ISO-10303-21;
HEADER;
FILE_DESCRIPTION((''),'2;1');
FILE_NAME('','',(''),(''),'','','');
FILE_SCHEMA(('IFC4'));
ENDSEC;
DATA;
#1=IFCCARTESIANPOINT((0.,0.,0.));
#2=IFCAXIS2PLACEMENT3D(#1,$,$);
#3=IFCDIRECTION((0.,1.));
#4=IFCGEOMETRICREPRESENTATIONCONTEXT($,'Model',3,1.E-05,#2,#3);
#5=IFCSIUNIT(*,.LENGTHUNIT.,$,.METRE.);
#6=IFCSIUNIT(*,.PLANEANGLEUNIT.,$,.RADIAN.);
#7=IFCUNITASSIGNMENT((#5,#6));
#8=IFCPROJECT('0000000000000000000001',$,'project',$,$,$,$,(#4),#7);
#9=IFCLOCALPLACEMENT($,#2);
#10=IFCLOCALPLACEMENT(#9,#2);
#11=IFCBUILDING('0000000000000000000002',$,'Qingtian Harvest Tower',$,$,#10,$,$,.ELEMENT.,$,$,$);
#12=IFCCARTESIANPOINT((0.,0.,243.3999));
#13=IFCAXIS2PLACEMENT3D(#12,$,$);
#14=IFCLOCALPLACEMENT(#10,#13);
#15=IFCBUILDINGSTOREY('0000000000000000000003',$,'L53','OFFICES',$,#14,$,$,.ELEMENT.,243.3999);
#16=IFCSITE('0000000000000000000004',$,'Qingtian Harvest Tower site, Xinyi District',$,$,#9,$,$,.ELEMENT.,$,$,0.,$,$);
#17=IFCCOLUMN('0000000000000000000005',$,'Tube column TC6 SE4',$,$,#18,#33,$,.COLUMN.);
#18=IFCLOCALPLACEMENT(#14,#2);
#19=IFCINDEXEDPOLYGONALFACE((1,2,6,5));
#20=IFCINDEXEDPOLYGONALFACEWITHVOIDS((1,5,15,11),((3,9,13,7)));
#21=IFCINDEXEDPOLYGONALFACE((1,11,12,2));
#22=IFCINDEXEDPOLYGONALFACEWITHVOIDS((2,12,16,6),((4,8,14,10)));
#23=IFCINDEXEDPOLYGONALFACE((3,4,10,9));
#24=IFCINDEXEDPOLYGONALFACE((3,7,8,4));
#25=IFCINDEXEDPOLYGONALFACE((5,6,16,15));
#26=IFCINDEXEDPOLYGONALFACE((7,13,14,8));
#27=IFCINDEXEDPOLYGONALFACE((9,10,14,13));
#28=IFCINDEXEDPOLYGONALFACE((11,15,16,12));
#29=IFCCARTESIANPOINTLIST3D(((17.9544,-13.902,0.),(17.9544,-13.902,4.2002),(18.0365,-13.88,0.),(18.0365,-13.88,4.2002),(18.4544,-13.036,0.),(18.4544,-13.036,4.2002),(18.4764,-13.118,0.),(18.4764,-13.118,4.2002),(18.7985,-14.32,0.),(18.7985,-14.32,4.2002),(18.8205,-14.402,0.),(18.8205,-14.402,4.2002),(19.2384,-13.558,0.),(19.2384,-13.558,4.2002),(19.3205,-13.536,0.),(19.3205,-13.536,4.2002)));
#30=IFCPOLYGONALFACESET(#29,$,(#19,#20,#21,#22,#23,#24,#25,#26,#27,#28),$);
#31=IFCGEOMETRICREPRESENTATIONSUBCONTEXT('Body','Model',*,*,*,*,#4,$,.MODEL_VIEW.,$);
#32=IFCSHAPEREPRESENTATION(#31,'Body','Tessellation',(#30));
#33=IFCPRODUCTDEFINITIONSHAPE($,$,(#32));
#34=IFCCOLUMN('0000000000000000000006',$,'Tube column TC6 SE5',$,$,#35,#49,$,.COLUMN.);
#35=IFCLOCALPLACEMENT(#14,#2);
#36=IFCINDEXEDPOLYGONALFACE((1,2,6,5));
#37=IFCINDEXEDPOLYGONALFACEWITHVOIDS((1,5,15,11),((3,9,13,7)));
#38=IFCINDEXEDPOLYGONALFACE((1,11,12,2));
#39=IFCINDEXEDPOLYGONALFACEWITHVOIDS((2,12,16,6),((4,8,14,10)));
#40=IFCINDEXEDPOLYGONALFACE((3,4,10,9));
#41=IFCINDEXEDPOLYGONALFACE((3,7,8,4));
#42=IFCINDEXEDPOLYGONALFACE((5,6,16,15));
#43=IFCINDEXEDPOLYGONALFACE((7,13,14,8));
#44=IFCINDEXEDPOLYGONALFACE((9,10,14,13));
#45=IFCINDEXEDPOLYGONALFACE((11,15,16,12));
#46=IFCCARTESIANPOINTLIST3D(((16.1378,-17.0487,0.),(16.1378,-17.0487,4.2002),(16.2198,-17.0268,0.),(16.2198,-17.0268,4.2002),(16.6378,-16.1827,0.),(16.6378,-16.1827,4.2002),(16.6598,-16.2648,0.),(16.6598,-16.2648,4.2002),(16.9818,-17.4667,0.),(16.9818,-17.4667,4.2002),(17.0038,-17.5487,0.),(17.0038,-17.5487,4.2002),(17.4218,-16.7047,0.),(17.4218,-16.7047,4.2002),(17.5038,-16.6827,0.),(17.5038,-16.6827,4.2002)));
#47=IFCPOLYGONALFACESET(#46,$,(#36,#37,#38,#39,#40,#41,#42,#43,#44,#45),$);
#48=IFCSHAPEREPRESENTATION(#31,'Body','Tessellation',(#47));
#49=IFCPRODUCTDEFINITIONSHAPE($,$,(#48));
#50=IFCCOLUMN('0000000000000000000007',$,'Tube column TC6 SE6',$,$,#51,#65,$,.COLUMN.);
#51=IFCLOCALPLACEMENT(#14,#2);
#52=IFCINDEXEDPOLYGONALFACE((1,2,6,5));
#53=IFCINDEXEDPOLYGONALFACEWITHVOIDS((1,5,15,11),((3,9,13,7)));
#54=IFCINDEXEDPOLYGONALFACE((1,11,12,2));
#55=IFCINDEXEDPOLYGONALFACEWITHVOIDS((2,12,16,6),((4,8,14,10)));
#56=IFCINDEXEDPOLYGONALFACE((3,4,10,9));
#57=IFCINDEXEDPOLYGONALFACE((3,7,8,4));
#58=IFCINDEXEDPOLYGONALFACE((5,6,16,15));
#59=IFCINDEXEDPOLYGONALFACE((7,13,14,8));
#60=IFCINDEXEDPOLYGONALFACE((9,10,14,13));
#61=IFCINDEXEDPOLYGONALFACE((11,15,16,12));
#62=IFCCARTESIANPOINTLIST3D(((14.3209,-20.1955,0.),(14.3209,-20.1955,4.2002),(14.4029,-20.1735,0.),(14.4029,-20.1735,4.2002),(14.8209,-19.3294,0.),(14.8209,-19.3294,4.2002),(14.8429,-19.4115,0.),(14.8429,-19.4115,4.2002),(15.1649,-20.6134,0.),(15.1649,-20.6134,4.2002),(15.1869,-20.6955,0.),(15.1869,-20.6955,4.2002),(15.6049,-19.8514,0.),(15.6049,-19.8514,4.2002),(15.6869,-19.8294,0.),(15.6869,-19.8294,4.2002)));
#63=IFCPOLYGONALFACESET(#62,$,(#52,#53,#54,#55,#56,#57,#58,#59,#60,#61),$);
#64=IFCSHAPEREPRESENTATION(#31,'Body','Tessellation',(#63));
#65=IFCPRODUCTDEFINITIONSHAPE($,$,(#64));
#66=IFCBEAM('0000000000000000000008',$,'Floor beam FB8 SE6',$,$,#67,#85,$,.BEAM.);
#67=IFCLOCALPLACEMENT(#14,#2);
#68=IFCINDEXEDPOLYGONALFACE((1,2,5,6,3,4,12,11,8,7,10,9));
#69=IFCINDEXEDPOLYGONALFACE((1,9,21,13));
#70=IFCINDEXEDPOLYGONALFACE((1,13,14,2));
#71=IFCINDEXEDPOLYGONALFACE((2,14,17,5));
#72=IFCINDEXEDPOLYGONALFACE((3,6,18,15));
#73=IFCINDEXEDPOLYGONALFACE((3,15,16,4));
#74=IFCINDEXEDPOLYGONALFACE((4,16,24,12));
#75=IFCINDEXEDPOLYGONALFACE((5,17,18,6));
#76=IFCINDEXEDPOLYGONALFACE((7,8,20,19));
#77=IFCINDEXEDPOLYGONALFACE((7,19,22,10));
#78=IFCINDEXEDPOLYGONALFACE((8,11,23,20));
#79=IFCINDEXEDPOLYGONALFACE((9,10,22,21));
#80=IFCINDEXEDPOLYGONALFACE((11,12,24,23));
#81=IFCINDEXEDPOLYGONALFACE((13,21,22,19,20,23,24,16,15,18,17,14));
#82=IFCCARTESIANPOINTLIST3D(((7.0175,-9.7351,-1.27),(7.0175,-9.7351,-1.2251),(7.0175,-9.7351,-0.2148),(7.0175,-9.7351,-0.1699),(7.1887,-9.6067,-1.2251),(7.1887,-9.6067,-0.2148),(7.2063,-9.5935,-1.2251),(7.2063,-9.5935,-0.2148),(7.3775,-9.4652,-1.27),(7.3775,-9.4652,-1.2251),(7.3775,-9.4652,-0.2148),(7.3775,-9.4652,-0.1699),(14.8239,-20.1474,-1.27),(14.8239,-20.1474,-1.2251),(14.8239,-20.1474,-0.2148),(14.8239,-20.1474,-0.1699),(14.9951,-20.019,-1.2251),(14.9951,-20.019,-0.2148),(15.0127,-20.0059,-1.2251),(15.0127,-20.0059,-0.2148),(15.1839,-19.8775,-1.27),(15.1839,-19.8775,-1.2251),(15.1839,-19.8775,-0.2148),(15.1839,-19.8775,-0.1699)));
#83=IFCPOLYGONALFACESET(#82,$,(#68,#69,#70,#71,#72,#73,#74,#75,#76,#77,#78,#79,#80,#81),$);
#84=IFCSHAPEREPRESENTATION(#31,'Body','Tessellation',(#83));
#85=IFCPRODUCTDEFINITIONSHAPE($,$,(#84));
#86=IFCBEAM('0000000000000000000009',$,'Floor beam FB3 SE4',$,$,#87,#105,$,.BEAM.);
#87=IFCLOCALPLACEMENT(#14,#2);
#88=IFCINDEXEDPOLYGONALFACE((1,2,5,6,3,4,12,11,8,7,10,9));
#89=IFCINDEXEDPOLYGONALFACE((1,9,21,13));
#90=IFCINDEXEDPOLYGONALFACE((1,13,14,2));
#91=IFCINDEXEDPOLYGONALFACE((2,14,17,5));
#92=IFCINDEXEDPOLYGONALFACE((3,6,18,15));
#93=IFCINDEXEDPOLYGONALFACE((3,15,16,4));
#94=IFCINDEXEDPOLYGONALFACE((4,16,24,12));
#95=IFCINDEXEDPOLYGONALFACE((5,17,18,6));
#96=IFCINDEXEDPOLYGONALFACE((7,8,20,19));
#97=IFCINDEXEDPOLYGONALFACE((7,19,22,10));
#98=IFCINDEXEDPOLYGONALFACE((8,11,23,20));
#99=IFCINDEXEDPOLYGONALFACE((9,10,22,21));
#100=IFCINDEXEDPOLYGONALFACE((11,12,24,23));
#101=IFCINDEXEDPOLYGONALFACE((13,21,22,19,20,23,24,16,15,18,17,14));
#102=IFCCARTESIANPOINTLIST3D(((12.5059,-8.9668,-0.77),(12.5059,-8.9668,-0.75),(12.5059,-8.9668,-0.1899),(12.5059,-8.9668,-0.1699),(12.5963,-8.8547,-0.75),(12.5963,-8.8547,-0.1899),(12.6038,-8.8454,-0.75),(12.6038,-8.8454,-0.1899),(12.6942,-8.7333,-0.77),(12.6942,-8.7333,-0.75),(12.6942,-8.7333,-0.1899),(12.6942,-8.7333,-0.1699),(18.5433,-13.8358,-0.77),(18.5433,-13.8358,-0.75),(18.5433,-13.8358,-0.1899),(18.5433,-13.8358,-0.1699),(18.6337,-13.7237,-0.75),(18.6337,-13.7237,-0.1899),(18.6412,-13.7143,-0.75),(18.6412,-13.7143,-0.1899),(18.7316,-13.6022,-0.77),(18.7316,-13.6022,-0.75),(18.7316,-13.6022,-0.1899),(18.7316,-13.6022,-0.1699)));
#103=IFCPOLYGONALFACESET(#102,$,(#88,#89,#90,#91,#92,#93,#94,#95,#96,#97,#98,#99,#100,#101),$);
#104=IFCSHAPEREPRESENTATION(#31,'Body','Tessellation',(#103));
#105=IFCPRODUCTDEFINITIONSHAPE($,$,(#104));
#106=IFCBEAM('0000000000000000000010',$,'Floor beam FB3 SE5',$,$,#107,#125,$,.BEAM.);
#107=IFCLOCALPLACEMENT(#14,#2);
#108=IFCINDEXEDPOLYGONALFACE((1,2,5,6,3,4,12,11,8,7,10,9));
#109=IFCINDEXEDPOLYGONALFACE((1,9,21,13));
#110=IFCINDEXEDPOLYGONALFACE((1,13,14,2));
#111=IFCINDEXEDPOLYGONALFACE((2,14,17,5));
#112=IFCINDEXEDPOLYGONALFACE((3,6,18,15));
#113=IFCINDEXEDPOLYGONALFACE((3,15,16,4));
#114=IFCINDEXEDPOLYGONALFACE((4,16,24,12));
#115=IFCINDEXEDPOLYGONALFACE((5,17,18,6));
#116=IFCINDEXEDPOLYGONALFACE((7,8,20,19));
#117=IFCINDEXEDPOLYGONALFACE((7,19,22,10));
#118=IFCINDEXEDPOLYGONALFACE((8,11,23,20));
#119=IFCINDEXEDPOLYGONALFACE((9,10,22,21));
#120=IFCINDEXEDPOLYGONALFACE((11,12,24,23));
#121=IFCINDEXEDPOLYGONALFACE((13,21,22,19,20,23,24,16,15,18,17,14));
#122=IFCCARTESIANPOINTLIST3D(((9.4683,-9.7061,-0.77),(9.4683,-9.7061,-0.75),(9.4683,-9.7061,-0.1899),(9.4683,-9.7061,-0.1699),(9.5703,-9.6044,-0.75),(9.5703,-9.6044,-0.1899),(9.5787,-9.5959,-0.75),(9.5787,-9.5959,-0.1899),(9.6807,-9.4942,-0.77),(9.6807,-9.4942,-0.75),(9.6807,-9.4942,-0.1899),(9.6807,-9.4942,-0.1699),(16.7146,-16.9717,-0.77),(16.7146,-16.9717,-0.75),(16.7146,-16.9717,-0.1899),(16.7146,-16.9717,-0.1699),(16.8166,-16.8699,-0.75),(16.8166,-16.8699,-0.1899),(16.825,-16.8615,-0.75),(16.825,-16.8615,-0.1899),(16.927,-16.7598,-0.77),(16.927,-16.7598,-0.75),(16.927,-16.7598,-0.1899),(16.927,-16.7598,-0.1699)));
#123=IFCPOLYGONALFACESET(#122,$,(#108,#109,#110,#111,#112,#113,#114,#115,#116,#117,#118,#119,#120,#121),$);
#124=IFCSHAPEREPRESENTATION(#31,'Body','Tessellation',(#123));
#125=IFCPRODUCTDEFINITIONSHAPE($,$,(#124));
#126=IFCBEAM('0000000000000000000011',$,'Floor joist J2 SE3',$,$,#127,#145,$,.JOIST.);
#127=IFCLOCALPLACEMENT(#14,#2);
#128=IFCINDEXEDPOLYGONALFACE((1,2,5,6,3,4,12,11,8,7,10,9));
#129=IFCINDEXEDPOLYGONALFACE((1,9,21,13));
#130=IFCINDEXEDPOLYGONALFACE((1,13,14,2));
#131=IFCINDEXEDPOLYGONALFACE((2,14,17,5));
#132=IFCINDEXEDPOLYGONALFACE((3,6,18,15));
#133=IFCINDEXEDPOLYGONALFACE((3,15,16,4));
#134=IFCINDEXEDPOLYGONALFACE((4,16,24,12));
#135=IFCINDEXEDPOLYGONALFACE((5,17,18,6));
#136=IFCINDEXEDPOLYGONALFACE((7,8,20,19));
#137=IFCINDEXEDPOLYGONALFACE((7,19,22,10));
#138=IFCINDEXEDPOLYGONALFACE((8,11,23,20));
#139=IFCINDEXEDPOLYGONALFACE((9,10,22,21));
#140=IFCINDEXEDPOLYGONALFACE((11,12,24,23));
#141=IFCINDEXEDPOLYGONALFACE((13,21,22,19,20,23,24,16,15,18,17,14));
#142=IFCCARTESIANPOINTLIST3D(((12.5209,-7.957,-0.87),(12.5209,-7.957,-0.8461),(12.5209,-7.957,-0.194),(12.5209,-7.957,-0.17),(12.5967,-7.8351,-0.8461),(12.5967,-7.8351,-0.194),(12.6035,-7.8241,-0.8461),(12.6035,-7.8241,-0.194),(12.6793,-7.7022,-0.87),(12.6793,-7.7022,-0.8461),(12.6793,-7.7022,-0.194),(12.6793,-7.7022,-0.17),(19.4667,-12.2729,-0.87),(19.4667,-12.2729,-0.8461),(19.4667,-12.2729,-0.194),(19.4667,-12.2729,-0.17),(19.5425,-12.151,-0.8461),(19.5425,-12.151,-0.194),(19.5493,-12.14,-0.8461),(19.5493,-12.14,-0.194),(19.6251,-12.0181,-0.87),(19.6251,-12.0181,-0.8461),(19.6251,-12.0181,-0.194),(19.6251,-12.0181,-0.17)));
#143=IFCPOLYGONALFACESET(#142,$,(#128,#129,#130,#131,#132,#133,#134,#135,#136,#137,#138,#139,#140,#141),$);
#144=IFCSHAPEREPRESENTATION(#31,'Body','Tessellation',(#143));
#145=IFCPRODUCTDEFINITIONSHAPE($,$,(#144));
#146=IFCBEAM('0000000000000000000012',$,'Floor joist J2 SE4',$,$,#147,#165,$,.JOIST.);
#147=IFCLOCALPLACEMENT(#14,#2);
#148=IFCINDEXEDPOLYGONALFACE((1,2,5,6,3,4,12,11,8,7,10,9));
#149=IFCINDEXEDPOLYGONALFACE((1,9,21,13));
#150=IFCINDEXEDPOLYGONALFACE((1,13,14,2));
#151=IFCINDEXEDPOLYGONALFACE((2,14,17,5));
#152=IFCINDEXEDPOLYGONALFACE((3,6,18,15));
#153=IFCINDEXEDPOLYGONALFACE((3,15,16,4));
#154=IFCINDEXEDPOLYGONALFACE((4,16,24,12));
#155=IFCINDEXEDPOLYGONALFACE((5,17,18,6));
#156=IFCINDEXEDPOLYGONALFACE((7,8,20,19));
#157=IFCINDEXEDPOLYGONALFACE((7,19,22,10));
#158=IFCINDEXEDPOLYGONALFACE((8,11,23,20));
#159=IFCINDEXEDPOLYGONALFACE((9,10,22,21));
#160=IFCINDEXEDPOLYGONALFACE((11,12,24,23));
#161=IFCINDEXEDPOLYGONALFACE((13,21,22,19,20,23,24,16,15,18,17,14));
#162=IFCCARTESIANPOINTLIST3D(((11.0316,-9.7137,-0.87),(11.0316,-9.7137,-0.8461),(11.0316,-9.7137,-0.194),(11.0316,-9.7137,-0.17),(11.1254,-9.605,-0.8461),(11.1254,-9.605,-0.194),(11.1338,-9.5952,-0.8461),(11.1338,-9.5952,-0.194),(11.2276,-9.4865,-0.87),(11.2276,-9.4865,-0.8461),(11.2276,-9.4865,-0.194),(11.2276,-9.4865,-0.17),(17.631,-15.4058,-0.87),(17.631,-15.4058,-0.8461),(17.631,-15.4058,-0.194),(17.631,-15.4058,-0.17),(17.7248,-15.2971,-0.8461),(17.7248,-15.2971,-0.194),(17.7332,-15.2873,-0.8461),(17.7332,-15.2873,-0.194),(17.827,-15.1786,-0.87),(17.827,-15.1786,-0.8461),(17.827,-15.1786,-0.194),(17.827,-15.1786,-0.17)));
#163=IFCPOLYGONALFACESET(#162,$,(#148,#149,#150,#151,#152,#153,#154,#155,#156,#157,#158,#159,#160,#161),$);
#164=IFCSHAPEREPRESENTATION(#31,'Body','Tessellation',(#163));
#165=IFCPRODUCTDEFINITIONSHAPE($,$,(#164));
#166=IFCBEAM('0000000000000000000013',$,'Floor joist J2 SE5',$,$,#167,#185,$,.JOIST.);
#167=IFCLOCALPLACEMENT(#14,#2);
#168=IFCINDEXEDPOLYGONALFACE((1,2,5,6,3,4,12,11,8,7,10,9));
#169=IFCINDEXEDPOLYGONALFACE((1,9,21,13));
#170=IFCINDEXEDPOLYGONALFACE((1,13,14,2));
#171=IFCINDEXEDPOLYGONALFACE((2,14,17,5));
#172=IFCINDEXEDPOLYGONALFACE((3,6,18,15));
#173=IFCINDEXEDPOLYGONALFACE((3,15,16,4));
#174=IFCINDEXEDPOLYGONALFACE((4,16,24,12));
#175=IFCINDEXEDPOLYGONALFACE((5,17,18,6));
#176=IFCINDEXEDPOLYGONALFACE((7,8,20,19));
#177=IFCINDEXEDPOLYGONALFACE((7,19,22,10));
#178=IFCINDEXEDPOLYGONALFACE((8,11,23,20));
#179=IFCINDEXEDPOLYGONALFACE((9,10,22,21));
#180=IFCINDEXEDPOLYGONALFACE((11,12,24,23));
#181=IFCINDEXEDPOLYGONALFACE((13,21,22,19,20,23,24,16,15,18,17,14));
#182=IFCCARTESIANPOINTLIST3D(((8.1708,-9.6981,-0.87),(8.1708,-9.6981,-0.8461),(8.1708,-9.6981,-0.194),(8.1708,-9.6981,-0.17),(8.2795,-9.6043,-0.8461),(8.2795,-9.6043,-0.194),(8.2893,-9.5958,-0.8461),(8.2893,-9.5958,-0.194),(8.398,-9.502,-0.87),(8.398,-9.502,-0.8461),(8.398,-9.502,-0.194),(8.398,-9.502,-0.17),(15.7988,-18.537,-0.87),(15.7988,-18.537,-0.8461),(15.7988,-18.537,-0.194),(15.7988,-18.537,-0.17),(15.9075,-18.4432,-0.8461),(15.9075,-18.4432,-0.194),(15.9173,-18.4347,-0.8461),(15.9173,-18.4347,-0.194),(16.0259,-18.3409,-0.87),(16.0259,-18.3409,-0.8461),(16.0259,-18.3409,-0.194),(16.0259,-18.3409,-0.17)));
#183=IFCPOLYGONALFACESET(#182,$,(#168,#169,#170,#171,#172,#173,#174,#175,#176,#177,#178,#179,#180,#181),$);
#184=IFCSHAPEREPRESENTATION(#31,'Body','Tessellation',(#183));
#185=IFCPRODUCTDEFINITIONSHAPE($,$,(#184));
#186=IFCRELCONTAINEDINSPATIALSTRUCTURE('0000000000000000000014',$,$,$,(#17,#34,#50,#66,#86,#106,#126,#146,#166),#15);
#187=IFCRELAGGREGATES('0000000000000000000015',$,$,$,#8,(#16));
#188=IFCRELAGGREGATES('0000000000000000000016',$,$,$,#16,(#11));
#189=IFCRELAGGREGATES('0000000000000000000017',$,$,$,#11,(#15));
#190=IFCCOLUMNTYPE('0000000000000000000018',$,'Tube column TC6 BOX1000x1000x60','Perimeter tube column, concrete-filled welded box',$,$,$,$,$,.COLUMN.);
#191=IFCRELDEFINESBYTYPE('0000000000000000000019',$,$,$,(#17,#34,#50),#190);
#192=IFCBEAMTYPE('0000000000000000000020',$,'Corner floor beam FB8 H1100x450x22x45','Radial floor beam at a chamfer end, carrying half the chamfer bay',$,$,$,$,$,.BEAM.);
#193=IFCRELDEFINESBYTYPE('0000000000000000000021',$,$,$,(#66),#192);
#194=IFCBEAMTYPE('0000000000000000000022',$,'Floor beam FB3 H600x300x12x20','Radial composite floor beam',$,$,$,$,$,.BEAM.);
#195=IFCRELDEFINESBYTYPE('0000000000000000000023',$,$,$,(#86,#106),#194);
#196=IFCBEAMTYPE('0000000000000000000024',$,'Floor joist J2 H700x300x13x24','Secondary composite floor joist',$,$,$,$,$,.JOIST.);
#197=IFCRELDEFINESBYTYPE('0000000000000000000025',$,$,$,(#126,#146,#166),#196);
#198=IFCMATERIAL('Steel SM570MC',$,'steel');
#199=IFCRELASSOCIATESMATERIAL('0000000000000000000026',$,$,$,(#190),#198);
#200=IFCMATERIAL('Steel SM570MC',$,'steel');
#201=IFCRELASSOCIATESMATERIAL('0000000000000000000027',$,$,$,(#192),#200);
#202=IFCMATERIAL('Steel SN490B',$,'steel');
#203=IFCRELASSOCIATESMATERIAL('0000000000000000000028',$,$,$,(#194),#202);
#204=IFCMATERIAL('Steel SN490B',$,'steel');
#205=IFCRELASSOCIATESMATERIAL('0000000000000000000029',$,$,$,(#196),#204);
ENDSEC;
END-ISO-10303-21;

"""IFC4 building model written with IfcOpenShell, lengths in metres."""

from ifc_helpers import new_model, si_unit, direction, frame, origin, origin_2d, place, context, subcontext, project, spatial, hollow_rectangle, i_section, extrude, material, material_profile, profile_set, type_object, element, save


model = new_model("IFC4")

# Units and contexts
model_context = context("Model", 3, precision=1e-05, world=origin(), true_north=direction((0.0, 1.0)))
body_context = subcontext(model_context, "Body", "Model", "MODEL_VIEW")
ifc_project = project(units=[si_unit("LENGTHUNIT", "METRE"), si_unit("PLANEANGLEUNIT", "RADIAN")], contexts=[model_context])

# Site, building, storey
site_placement = place(None, origin())
site = spatial("IfcSite", under=ifc_project, at=site_placement, Name="Qingtian Harvest Tower site, Xinyi District", CompositionType="ELEMENT", RefElevation=0.0)
building_placement = place(site_placement, origin())
building = spatial("IfcBuilding", under=site, at=building_placement, Name="Qingtian Harvest Tower", CompositionType="ELEMENT")
storey_placement = place(building_placement, frame((0.0, 0.0, 243.3999)))
storey = spatial("IfcBuildingStorey", under=building, at=storey_placement, Name="L53", Description="OFFICES", CompositionType="ELEMENT", Elevation=243.3999)

# Columns
ifc_material_1 = material(Name="Steel SM570MC", Category="steel")
ifc_material_profile_1 = material_profile(ifc_material_1, hollow_rectangle(XDim=1.0, YDim=1.0, WallThickness=0.0601, at=origin_2d()), Name="BOX1000x1000x60")
ifc_profile_set_1 = profile_set([ifc_material_profile_1], Name="Steel SM570MC")
column_type = type_object("IfcColumnType", Name="Tube column TC6 BOX1000x1000x60", Description="Perimeter tube column, concrete-filled welded box", PredefinedType="COLUMN", material=ifc_profile_set_1)
for number, where, z_axis, x_axis, name in (
    (1, (18.6375, -13.719, 0.0), (0.0, 0.0, 1.0), (0.5, 0.866025, 0.0), "Tube column TC6 SE4"),
    (2, (16.8208, -16.8657, 0.0), (0.0, 0.0, 1.0), (0.5, 0.866025, 0.0), "Tube column TC6 SE5"),
    (3, (15.0039, -20.0125, 0.0), (0.0, 0.0, 1.0), (0.5, 0.866025, 0.0), "Tube column TC6 SE6"),
):
    element("IfcColumn", number, at=place(storey_placement, frame(where, z_axis=z_axis, x_axis=x_axis)), inside=storey, type_object=column_type, Name=name, PredefinedType="COLUMN", context=body_context, shape_type="SweptSolid", body=[
        extrude(hollow_rectangle(XDim=1.0, YDim=1.0, WallThickness=0.0601, at=origin_2d()), origin(), (0.0, 0.0, 1.0), 4.2002),
    ])

# Beams
ifc_material_2 = material(Name="Steel SM570MC", Category="steel")
ifc_material_profile_2 = material_profile(ifc_material_2, i_section(OverallWidth=0.45, OverallDepth=1.1001, WebThickness=0.022, FlangeThickness=0.0449, at=origin_2d()), Name="H1100x450x22x45")
ifc_profile_set_2 = profile_set([ifc_material_profile_2], Name="Steel SM570MC")
beam_type_1 = type_object("IfcBeamType", Name="Corner floor beam FB8 H1100x450x22x45", Description="Radial floor beam at a chamfer end, carrying half the chamfer bay", PredefinedType="BEAM", material=ifc_profile_set_2)
beam_1_placement = place(storey_placement, frame((15.0039, -20.0125, -0.72), z_axis=(-0.599859, 0.800106, 0.0), x_axis=(-0.800106, -0.599859, 0.0)))
element("IfcBeam", 4, at=beam_1_placement, inside=storey, type_object=beam_type_1, Name="Floor beam FB8 SE6", PredefinedType="BEAM", context=body_context, shape_type="SweptSolid", body=[
    extrude(i_section(OverallWidth=0.45, OverallDepth=1.1001, WebThickness=0.022, FlangeThickness=0.0449, at=origin_2d()), origin(), (0.0, 0.0, 1.0), 13.0137),
])
ifc_material_3 = material(Name="Steel SN490B", Category="steel")
ifc_material_profile_3 = material_profile(ifc_material_3, i_section(OverallWidth=0.3, OverallDepth=0.6001, WebThickness=0.012, FlangeThickness=0.02, at=origin_2d()), Name="H600x300x12x20")
ifc_profile_set_3 = profile_set([ifc_material_profile_3], Name="Steel SN490B")
beam_type_2 = type_object("IfcBeamType", Name="Floor beam FB3 H600x300x12x20", Description="Radial composite floor beam", PredefinedType="BEAM", material=ifc_profile_set_3)
beam_2_placement = place(storey_placement, frame((18.6375, -13.719, -0.47), z_axis=(-0.778409, 0.627757, 0.0), x_axis=(-0.627757, -0.778409, 0.0)))
element("IfcBeam", 5, at=beam_2_placement, inside=storey, type_object=beam_type_2, Name="Floor beam FB3 SE4", PredefinedType="BEAM", context=body_context, shape_type="SweptSolid", body=[
    extrude(i_section(OverallWidth=0.3, OverallDepth=0.6001, WebThickness=0.012, FlangeThickness=0.02, at=origin_2d()), origin(), (0.0, 0.0, 1.0), 7.7561),
])
beam_3_placement = place(storey_placement, frame((16.8208, -16.8657, -0.47), z_axis=(-0.706166, 0.708046, 0.0), x_axis=(-0.708046, -0.706166, 0.0)))
element("IfcBeam", 6, at=beam_3_placement, inside=storey, type_object=beam_type_2, Name="Floor beam FB3 SE5", PredefinedType="BEAM", context=body_context, shape_type="SweptSolid", body=[
    extrude(i_section(OverallWidth=0.3, OverallDepth=0.6001, WebThickness=0.012, FlangeThickness=0.02, at=origin_2d()), origin(), (0.0, 0.0, 1.0), 10.2615),
])
ifc_material_4 = material(Name="Steel SN490B", Category="steel")
ifc_material_profile_4 = material_profile(ifc_material_4, i_section(OverallWidth=0.3, OverallDepth=0.7, WebThickness=0.0129, FlangeThickness=0.0239, at=origin_2d()), Name="H700x300x13x24")
ifc_profile_set_4 = profile_set([ifc_material_profile_4], Name="Steel SN490B")
beam_type_3 = type_object("IfcBeamType", Name="Floor joist J2 H700x300x13x24", Description="Secondary composite floor joist", PredefinedType="JOIST", material=ifc_profile_set_4)
beam_4_placement = place(storey_placement, frame((19.5459, -12.1455, -0.52), z_axis=(-0.849381, 0.52778, 0.0), x_axis=(-0.52778, -0.849381, 0.0)))
element("IfcBeam", 7, at=beam_4_placement, inside=storey, type_object=beam_type_3, Name="Floor joist J2 SE3", PredefinedType="JOIST", context=body_context, shape_type="SweptSolid", body=[
    extrude(i_section(OverallWidth=0.3, OverallDepth=0.7, WebThickness=0.0129, FlangeThickness=0.0239, at=origin_2d()), origin(), (0.0, 0.0, 1.0), 8.1775),
])
beam_5_placement = place(storey_placement, frame((17.729, -15.2922, -0.52), z_axis=(-0.757238, 0.653139, 0.0), x_axis=(-0.653139, -0.757238, 0.0)))
element("IfcBeam", 8, at=beam_5_placement, inside=storey, type_object=beam_type_3, Name="Floor joist J2 SE4", PredefinedType="JOIST", context=body_context, shape_type="SweptSolid", body=[
    extrude(i_section(OverallWidth=0.3, OverallDepth=0.7, WebThickness=0.0129, FlangeThickness=0.0239, at=origin_2d()), origin(), (0.0, 0.0, 1.0), 8.7151),
])
beam_6_placement = place(storey_placement, frame((15.9124, -18.439, -0.52), z_axis=(-0.653343, 0.757062, 0.0), x_axis=(-0.757062, -0.653343, 0.0)))
element("IfcBeam", 9, at=beam_6_placement, inside=storey, type_object=beam_type_3, Name="Floor joist J2 SE5", PredefinedType="JOIST", context=body_context, shape_type="SweptSolid", body=[
    extrude(i_section(OverallWidth=0.3, OverallDepth=0.7, WebThickness=0.0129, FlangeThickness=0.0239, at=origin_2d()), origin(), (0.0, 0.0, 1.0), 11.6753),
])

save(model, "model.ifc")
